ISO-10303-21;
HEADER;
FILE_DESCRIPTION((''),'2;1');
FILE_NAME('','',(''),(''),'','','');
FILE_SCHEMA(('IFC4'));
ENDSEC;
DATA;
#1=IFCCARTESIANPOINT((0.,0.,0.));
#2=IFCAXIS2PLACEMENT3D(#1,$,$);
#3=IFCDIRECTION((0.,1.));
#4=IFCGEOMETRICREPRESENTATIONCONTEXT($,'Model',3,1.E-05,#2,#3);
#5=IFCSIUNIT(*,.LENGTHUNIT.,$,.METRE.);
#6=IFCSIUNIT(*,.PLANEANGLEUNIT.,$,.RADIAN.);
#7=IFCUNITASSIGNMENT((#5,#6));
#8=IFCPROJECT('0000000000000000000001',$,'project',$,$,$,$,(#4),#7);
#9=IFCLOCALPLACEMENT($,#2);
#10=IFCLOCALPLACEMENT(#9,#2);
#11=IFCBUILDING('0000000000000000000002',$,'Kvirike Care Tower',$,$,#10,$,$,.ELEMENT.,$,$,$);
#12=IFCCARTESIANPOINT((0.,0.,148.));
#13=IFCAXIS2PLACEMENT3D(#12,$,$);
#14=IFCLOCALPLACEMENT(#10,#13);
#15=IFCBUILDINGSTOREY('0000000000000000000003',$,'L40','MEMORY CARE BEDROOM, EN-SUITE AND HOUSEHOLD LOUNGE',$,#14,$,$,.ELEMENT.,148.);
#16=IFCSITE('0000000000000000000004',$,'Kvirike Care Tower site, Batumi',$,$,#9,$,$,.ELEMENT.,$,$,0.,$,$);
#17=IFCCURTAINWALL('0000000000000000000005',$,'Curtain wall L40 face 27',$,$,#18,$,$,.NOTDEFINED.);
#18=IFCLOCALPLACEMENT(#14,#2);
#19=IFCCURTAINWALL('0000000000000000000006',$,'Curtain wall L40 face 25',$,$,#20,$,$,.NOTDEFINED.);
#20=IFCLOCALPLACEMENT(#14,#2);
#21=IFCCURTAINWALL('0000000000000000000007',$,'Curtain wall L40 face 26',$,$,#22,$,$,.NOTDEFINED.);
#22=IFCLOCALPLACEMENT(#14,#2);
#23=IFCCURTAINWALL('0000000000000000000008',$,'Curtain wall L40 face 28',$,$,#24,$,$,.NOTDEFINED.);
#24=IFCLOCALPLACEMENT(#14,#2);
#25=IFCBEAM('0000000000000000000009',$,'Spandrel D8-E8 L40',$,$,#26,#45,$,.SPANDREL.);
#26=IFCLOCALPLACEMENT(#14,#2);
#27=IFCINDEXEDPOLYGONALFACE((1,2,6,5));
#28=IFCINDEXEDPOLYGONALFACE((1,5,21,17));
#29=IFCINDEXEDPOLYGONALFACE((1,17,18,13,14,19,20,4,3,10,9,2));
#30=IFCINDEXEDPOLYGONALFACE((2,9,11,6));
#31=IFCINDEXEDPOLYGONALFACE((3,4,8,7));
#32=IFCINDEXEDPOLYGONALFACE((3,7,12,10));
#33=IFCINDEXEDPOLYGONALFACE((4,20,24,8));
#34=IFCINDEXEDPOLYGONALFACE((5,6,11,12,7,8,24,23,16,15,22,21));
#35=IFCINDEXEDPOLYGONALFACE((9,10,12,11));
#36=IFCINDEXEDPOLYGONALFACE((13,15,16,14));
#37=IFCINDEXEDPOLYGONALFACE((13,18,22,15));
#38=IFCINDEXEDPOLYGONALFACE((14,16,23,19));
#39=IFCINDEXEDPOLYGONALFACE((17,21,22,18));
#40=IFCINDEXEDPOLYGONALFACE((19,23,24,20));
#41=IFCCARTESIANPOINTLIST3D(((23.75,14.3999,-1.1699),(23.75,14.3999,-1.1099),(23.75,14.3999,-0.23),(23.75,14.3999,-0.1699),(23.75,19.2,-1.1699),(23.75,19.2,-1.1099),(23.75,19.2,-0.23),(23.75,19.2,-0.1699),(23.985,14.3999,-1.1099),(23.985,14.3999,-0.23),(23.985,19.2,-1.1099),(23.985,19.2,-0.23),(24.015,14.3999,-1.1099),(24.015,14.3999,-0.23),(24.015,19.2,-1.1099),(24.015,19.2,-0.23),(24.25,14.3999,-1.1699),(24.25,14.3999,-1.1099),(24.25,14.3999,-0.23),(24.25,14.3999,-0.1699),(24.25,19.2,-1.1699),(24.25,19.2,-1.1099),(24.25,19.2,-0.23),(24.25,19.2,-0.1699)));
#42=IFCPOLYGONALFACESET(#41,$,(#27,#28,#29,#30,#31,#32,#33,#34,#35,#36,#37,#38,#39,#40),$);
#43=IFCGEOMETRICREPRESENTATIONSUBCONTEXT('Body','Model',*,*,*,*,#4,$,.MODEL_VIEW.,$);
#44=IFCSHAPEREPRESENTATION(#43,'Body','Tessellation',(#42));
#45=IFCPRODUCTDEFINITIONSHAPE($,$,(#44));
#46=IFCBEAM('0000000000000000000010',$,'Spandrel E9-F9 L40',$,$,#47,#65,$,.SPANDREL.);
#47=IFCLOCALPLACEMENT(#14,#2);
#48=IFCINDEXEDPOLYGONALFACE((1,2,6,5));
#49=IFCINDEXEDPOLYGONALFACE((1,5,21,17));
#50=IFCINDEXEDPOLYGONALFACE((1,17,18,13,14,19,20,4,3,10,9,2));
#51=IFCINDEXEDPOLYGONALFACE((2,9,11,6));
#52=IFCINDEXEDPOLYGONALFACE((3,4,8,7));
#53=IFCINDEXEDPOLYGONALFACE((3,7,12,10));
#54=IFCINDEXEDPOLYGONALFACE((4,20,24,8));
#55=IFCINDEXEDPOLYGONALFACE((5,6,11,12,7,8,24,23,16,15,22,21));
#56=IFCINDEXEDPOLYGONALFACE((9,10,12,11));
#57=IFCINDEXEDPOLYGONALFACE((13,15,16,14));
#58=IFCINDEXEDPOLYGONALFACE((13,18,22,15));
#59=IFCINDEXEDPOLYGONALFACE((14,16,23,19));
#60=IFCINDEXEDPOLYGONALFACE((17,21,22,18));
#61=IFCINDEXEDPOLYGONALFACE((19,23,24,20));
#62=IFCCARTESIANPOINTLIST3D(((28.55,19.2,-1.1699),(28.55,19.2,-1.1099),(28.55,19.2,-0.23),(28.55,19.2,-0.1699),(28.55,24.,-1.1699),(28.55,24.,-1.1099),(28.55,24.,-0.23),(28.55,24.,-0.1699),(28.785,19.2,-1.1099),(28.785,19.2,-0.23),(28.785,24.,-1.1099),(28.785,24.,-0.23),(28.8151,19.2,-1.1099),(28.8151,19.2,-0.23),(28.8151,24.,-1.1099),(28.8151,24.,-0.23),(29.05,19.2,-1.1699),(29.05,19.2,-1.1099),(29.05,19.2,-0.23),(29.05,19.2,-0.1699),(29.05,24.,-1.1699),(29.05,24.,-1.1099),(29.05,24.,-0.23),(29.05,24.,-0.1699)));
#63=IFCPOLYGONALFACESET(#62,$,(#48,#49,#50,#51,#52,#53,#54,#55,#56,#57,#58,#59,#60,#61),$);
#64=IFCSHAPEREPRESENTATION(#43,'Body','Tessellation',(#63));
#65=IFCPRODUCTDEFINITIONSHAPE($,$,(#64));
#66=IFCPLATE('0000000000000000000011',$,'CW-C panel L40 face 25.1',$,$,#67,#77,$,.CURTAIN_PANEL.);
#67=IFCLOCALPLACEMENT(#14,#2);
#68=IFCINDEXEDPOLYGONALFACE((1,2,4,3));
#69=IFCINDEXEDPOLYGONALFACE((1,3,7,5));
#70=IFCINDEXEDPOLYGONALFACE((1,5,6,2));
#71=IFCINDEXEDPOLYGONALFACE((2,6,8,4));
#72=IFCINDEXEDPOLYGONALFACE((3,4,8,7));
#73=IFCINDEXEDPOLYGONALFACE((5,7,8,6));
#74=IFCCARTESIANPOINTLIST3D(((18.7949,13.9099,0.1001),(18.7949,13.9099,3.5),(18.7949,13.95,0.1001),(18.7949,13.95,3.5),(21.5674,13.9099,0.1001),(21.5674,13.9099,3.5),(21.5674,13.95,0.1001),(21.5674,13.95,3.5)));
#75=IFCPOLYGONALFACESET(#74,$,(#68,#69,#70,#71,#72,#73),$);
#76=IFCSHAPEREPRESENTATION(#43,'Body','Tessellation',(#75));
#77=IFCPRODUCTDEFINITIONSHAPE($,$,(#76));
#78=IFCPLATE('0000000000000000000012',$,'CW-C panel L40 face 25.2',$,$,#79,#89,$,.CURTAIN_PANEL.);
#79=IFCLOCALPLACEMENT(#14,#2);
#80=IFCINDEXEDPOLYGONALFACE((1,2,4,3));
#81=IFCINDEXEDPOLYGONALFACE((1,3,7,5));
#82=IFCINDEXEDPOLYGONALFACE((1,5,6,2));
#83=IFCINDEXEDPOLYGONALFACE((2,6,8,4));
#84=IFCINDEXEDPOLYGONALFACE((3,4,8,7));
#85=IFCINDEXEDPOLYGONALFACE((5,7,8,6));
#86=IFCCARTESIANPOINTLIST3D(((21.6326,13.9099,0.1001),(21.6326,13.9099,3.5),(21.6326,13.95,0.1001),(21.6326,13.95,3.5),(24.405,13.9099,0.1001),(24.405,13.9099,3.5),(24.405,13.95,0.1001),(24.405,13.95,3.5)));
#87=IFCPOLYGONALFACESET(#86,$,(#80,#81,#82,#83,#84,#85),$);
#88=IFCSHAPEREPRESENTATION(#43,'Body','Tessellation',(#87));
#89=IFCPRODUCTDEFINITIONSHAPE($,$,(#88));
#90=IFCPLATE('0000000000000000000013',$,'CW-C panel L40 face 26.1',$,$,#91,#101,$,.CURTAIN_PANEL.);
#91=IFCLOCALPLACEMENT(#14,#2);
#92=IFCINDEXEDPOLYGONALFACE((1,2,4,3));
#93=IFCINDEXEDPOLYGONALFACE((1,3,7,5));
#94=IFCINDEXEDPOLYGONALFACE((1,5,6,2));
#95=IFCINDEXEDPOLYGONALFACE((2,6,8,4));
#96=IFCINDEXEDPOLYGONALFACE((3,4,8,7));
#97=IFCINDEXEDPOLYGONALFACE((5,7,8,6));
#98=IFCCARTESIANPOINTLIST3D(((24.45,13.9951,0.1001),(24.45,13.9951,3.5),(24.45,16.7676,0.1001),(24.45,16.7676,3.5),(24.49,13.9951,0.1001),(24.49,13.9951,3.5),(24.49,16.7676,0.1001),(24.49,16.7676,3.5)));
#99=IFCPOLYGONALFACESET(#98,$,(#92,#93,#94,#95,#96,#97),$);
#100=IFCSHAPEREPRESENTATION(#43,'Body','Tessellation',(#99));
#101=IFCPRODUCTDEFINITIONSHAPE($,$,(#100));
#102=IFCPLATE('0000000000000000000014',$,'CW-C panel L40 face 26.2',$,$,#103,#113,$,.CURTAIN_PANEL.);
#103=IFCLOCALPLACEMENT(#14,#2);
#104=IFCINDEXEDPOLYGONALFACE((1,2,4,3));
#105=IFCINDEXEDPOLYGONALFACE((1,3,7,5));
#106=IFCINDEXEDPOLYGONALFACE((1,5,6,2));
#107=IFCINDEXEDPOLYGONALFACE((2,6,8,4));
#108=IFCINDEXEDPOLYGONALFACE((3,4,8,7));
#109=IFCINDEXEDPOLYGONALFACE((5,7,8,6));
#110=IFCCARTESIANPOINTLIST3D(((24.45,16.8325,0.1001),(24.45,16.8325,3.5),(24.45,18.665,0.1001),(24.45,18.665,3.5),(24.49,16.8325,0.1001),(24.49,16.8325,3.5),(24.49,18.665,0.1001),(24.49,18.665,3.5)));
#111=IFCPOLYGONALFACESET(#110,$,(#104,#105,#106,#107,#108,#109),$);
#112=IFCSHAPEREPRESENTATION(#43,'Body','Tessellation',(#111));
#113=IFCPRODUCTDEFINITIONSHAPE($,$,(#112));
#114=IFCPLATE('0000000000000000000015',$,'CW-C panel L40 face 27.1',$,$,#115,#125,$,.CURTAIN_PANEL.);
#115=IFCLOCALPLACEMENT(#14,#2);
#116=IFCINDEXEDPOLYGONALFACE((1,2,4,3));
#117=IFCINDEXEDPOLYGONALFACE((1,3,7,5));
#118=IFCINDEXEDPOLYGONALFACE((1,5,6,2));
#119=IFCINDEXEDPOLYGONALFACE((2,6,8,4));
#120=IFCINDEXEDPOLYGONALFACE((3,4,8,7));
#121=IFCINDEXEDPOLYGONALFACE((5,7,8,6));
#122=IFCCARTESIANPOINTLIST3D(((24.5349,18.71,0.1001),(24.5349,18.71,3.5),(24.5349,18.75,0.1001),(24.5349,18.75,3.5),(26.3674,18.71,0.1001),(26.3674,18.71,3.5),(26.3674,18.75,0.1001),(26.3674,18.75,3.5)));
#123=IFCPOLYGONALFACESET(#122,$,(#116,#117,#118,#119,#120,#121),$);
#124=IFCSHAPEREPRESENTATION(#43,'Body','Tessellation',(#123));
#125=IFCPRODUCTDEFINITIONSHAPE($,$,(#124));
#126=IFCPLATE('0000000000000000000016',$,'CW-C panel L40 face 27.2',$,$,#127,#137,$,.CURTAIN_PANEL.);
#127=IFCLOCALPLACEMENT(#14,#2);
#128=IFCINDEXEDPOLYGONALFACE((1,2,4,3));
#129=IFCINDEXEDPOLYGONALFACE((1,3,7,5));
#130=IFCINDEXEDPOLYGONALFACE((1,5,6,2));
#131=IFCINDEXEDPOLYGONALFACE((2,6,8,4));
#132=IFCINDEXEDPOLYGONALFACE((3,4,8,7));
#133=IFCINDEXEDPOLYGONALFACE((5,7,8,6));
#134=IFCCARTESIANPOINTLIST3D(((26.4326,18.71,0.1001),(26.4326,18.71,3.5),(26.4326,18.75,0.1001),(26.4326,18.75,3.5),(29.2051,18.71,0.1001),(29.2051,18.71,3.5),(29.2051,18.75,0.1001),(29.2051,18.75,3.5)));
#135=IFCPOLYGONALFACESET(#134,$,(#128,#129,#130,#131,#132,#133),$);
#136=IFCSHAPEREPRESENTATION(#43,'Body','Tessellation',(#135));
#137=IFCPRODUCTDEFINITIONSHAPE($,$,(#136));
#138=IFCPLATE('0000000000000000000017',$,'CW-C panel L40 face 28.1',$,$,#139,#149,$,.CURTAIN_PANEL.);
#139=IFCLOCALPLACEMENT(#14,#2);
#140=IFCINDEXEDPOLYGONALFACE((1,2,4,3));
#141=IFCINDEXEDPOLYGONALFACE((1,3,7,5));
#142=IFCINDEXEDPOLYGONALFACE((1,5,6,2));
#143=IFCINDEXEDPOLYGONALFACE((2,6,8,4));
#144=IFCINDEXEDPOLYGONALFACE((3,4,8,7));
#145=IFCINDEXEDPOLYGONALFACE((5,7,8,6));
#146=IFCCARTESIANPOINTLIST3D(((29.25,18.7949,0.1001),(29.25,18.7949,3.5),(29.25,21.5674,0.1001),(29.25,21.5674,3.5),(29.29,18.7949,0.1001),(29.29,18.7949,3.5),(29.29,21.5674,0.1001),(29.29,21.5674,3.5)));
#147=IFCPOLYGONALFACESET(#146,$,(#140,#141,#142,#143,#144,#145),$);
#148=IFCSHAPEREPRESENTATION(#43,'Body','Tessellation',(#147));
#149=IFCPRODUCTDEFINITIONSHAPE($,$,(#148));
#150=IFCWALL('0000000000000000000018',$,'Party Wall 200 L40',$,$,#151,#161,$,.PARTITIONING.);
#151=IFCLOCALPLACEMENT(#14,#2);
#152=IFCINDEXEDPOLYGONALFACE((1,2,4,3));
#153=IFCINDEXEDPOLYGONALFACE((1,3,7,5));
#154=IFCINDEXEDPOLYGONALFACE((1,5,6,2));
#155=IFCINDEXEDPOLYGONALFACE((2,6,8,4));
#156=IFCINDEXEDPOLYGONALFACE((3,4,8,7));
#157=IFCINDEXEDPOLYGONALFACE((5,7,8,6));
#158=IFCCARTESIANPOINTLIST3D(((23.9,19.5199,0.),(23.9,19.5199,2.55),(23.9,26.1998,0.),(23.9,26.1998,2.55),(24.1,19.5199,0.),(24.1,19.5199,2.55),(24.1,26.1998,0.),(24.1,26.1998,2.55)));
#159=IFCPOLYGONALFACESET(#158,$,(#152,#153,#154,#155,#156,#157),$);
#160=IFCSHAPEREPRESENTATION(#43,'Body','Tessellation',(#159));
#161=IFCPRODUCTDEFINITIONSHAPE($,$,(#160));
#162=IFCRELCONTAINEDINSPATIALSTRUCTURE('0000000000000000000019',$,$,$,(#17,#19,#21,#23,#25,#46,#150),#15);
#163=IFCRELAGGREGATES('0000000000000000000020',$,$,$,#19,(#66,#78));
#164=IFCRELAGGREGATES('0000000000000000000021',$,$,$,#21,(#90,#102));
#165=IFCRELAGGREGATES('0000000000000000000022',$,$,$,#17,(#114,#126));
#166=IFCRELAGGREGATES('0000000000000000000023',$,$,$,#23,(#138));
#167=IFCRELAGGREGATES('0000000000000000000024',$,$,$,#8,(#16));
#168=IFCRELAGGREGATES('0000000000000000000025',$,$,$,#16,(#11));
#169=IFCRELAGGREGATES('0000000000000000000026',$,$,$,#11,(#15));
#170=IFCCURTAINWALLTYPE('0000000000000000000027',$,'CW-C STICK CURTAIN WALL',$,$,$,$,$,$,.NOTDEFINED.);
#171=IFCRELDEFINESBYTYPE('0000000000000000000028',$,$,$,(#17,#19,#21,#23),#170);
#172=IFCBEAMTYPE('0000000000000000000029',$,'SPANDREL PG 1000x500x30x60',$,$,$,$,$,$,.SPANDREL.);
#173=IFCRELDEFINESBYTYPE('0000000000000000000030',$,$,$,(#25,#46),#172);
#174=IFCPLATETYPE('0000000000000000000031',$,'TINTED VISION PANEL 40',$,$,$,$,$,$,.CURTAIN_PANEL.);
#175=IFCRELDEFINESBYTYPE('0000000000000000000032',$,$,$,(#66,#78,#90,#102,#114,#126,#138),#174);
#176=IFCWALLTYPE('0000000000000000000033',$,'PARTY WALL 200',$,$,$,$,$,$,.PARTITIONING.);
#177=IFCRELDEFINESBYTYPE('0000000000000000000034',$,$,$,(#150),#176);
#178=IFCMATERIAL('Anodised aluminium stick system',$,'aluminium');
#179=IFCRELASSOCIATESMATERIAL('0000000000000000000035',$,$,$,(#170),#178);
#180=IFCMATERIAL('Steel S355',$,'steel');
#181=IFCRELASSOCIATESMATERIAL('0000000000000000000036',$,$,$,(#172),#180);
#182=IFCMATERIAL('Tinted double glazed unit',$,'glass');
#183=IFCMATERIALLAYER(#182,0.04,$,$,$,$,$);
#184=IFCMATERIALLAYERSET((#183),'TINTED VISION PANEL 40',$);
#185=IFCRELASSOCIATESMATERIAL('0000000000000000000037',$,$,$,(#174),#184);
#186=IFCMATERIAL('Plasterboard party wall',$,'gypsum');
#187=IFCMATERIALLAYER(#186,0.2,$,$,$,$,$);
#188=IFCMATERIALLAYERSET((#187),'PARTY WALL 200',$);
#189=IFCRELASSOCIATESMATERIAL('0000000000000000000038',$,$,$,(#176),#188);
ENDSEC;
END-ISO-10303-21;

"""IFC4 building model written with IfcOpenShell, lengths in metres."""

from ifc_helpers import new_model, si_unit, direction, frame, frame_2d, origin, origin_2d, place, context, subcontext, project, spatial, rectangle, i_section, extrude, material, layer, layer_set, material_profile, profile_set, type_object, element, aggregate, save


model = new_model("IFC4")

# Units and contexts
model_context = context("Model", 3, precision=1e-05, world=origin(), true_north=direction((0.0, 1.0)))
body_context = subcontext(model_context, "Body", "Model", "MODEL_VIEW")
ifc_project = project(units=[si_unit("LENGTHUNIT", "METRE"), si_unit("PLANEANGLEUNIT", "RADIAN")], contexts=[model_context])

# Site, building, storey
site_placement = place(None, origin())
site = spatial("IfcSite", under=ifc_project, at=site_placement, Name="Kvirike Care Tower site, Batumi", CompositionType="ELEMENT", RefElevation=0.0)
building_placement = place(site_placement, origin())
building = spatial("IfcBuilding", under=site, at=building_placement, Name="Kvirike Care Tower", CompositionType="ELEMENT")
storey_placement = place(building_placement, frame((0.0, 0.0, 148.0)))
storey = spatial("IfcBuildingStorey", under=building, at=storey_placement, Name="L40", Description="MEMORY CARE BEDROOM, EN-SUITE AND HOUSEHOLD LOUNGE", CompositionType="ELEMENT", Elevation=148.0)

# Curtain wall
ifc_material_1 = material(Name="Anodised aluminium stick system", Category="aluminium")
curtain_wall_type = type_object("IfcCurtainWallType", Name="CW-C STICK CURTAIN WALL", PredefinedType="NOTDEFINED", material=ifc_material_1)
curtain_wall_1_placement = place(storey_placement, origin())
curtain_wall_1 = element("IfcCurtainWall", 1, at=curtain_wall_1_placement, inside=storey, type_object=curtain_wall_type, Name="Curtain wall L40 face 27", PredefinedType="NOTDEFINED")

# Curtain walls
curtain_wall_2_placement = place(storey_placement, origin())
curtain_wall_2 = element("IfcCurtainWall", 2, at=curtain_wall_2_placement, inside=storey, type_object=curtain_wall_type, Name="Curtain wall L40 face 25", PredefinedType="NOTDEFINED")
curtain_wall_3_placement = place(storey_placement, origin())
curtain_wall_3 = element("IfcCurtainWall", 3, at=curtain_wall_3_placement, inside=storey, type_object=curtain_wall_type, Name="Curtain wall L40 face 26", PredefinedType="NOTDEFINED")

# Curtain wall
curtain_wall_4_placement = place(storey_placement, origin())
curtain_wall_4 = element("IfcCurtainWall", 4, at=curtain_wall_4_placement, inside=storey, type_object=curtain_wall_type, Name="Curtain wall L40 face 28", PredefinedType="NOTDEFINED")

# Beams
ifc_material_2 = material(Name="Steel S355", Category="steel")
ifc_material_profile_1 = material_profile(ifc_material_2, i_section(OverallWidth=0.5, OverallDepth=1.0, WebThickness=0.03, FlangeThickness=0.0601, at=origin_2d()), Name="PG 1000x500x30x60")
ifc_profile_set_1 = profile_set([ifc_material_profile_1], Name="Steel S355")
beam_type_1 = type_object("IfcBeamType", Name="SPANDREL PG 1000x500x30x60", PredefinedType="SPANDREL", material=ifc_profile_set_1)
for number, where, z_axis, x_axis, name in (
    (5, (24.0, 14.3999, -0.6699), (0.0, 1.0, 0.0), (-1.0, 0.0, 0.0), "Spandrel D8-E8 L40"),
    (6, (28.8, 19.2, -0.6699), (0.0, 1.0, 0.0), (-1.0, 0.0, 0.0), "Spandrel E9-F9 L40"),
):
    element("IfcBeam", number, at=place(storey_placement, frame(where, z_axis=z_axis, x_axis=x_axis)), inside=storey, type_object=beam_type_1, Name=name, PredefinedType="SPANDREL", context=body_context, shape_type="SweptSolid", body=[
        extrude(i_section(OverallWidth=0.5, OverallDepth=1.0, WebThickness=0.03, FlangeThickness=0.0601, at=origin_2d()), origin(), (0.0, 0.0, 1.0), 4.8),
    ])

# Plates
ifc_material_3 = material(Name="Tinted double glazed unit", Category="glass")
ifc_layer_1 = layer(ifc_material_3, 0.04)
ifc_layer_set_1 = layer_set([ifc_layer_1], Name="TINTED VISION PANEL 40")
plate_type = type_object("IfcPlateType", Name="TINTED VISION PANEL 40", PredefinedType="CURTAIN_PANEL", material=ifc_layer_set_1)
plate_1_placement = place(storey_placement, frame((20.1812, 13.9299, 0.1001), z_axis=(0.0, 0.0, 1.0), x_axis=(1.0, 0.0, 0.0)))
plate_1 = element("IfcPlate", 7, at=plate_1_placement, type_object=plate_type, Name="CW-C panel L40 face 25.1", PredefinedType="CURTAIN_PANEL", context=body_context, shape_type="SweptSolid", body=[
    extrude(rectangle(XDim=2.7725, YDim=0.04, at=origin_2d()), origin(), (0.0, 0.0, 1.0), 3.3999),
])
plate_2_placement = place(storey_placement, frame((23.0188, 13.9299, 0.1001), z_axis=(0.0, 0.0, 1.0), x_axis=(1.0, 0.0, 0.0)))
plate_2 = element("IfcPlate", 8, at=plate_2_placement, type_object=plate_type, Name="CW-C panel L40 face 25.2", PredefinedType="CURTAIN_PANEL", context=body_context, shape_type="SweptSolid", body=[
    extrude(rectangle(XDim=2.7725, YDim=0.04, at=origin_2d()), origin(), (0.0, 0.0, 1.0), 3.3999),
])
aggregate(curtain_wall_2, [plate_1, plate_2])
plate_3_placement = place(storey_placement, frame((24.47, 15.3813, 0.1001), z_axis=(0.0, 0.0, 1.0), x_axis=(0.0, 1.0, 0.0)))
plate_3 = element("IfcPlate", 9, at=plate_3_placement, type_object=plate_type, Name="CW-C panel L40 face 26.1", PredefinedType="CURTAIN_PANEL", context=body_context, shape_type="SweptSolid", body=[
    extrude(rectangle(XDim=2.7725, YDim=0.04, at=origin_2d()), origin(), (0.0, 0.0, 1.0), 3.3999),
])
plate_4_placement = place(storey_placement, frame((24.47, 17.7488, 0.1001), z_axis=(0.0, 0.0, 1.0), x_axis=(0.0, 1.0, 0.0)))
plate_4 = element("IfcPlate", 10, at=plate_4_placement, type_object=plate_type, Name="CW-C panel L40 face 26.2", PredefinedType="CURTAIN_PANEL", context=body_context, shape_type="SweptSolid", body=[
    extrude(rectangle(XDim=1.8325, YDim=0.04, at=origin_2d()), origin(), (0.0, 0.0, 1.0), 3.3999),
])
aggregate(curtain_wall_3, [plate_3, plate_4])
plate_5_placement = place(storey_placement, frame((25.4512, 18.73, 0.1001), z_axis=(0.0, 0.0, 1.0), x_axis=(1.0, 0.0, 0.0)))
plate_5 = element("IfcPlate", 11, at=plate_5_placement, type_object=plate_type, Name="CW-C panel L40 face 27.1", PredefinedType="CURTAIN_PANEL", context=body_context, shape_type="SweptSolid", body=[
    extrude(rectangle(XDim=1.8325, YDim=0.04, at=origin_2d()), origin(), (0.0, 0.0, 1.0), 3.3999),
])
plate_6_placement = place(storey_placement, frame((27.8188, 18.73, 0.1001), z_axis=(0.0, 0.0, 1.0), x_axis=(1.0, 0.0, 0.0)))
plate_6 = element("IfcPlate", 12, at=plate_6_placement, type_object=plate_type, Name="CW-C panel L40 face 27.2", PredefinedType="CURTAIN_PANEL", context=body_context, shape_type="SweptSolid", body=[
    extrude(rectangle(XDim=2.7725, YDim=0.04, at=origin_2d()), origin(), (0.0, 0.0, 1.0), 3.3999),
])
aggregate(curtain_wall_1, [plate_5, plate_6])
plate_7_placement = place(storey_placement, frame((29.27, 20.1812, 0.1001), z_axis=(0.0, 0.0, 1.0), x_axis=(0.0, 1.0, 0.0)))
plate_7 = element("IfcPlate", 13, at=plate_7_placement, type_object=plate_type, Name="CW-C panel L40 face 28.1", PredefinedType="CURTAIN_PANEL", context=body_context, shape_type="SweptSolid", body=[
    extrude(rectangle(XDim=2.7725, YDim=0.04, at=origin_2d()), origin(), (0.0, 0.0, 1.0), 3.3999),
])
aggregate(curtain_wall_4, [plate_7])

# Wall
ifc_material_4 = material(Name="Plasterboard party wall", Category="gypsum")
ifc_layer_2 = layer(ifc_material_4, 0.2)
ifc_layer_set_2 = layer_set([ifc_layer_2], Name="PARTY WALL 200")
wall_type = type_object("IfcWallType", Name="PARTY WALL 200", PredefinedType="PARTITIONING", material=ifc_layer_set_2)
wall_placement = place(storey_placement, frame((24.0, 19.52, 0.0), z_axis=(0.0, 0.0, 1.0), x_axis=(0.0, 1.0, 0.0)))
element("IfcWall", 14, at=wall_placement, inside=storey, type_object=wall_type, Name="Party Wall 200 L40", PredefinedType="PARTITIONING", context=body_context, shape_type="SweptSolid", body=[
    extrude(rectangle(XDim=6.6799, YDim=0.2, at=frame_2d((3.3398, 0.0))), origin(), (0.0, 0.0, 1.0), 2.55),
])

save(model, "model.ifc")
